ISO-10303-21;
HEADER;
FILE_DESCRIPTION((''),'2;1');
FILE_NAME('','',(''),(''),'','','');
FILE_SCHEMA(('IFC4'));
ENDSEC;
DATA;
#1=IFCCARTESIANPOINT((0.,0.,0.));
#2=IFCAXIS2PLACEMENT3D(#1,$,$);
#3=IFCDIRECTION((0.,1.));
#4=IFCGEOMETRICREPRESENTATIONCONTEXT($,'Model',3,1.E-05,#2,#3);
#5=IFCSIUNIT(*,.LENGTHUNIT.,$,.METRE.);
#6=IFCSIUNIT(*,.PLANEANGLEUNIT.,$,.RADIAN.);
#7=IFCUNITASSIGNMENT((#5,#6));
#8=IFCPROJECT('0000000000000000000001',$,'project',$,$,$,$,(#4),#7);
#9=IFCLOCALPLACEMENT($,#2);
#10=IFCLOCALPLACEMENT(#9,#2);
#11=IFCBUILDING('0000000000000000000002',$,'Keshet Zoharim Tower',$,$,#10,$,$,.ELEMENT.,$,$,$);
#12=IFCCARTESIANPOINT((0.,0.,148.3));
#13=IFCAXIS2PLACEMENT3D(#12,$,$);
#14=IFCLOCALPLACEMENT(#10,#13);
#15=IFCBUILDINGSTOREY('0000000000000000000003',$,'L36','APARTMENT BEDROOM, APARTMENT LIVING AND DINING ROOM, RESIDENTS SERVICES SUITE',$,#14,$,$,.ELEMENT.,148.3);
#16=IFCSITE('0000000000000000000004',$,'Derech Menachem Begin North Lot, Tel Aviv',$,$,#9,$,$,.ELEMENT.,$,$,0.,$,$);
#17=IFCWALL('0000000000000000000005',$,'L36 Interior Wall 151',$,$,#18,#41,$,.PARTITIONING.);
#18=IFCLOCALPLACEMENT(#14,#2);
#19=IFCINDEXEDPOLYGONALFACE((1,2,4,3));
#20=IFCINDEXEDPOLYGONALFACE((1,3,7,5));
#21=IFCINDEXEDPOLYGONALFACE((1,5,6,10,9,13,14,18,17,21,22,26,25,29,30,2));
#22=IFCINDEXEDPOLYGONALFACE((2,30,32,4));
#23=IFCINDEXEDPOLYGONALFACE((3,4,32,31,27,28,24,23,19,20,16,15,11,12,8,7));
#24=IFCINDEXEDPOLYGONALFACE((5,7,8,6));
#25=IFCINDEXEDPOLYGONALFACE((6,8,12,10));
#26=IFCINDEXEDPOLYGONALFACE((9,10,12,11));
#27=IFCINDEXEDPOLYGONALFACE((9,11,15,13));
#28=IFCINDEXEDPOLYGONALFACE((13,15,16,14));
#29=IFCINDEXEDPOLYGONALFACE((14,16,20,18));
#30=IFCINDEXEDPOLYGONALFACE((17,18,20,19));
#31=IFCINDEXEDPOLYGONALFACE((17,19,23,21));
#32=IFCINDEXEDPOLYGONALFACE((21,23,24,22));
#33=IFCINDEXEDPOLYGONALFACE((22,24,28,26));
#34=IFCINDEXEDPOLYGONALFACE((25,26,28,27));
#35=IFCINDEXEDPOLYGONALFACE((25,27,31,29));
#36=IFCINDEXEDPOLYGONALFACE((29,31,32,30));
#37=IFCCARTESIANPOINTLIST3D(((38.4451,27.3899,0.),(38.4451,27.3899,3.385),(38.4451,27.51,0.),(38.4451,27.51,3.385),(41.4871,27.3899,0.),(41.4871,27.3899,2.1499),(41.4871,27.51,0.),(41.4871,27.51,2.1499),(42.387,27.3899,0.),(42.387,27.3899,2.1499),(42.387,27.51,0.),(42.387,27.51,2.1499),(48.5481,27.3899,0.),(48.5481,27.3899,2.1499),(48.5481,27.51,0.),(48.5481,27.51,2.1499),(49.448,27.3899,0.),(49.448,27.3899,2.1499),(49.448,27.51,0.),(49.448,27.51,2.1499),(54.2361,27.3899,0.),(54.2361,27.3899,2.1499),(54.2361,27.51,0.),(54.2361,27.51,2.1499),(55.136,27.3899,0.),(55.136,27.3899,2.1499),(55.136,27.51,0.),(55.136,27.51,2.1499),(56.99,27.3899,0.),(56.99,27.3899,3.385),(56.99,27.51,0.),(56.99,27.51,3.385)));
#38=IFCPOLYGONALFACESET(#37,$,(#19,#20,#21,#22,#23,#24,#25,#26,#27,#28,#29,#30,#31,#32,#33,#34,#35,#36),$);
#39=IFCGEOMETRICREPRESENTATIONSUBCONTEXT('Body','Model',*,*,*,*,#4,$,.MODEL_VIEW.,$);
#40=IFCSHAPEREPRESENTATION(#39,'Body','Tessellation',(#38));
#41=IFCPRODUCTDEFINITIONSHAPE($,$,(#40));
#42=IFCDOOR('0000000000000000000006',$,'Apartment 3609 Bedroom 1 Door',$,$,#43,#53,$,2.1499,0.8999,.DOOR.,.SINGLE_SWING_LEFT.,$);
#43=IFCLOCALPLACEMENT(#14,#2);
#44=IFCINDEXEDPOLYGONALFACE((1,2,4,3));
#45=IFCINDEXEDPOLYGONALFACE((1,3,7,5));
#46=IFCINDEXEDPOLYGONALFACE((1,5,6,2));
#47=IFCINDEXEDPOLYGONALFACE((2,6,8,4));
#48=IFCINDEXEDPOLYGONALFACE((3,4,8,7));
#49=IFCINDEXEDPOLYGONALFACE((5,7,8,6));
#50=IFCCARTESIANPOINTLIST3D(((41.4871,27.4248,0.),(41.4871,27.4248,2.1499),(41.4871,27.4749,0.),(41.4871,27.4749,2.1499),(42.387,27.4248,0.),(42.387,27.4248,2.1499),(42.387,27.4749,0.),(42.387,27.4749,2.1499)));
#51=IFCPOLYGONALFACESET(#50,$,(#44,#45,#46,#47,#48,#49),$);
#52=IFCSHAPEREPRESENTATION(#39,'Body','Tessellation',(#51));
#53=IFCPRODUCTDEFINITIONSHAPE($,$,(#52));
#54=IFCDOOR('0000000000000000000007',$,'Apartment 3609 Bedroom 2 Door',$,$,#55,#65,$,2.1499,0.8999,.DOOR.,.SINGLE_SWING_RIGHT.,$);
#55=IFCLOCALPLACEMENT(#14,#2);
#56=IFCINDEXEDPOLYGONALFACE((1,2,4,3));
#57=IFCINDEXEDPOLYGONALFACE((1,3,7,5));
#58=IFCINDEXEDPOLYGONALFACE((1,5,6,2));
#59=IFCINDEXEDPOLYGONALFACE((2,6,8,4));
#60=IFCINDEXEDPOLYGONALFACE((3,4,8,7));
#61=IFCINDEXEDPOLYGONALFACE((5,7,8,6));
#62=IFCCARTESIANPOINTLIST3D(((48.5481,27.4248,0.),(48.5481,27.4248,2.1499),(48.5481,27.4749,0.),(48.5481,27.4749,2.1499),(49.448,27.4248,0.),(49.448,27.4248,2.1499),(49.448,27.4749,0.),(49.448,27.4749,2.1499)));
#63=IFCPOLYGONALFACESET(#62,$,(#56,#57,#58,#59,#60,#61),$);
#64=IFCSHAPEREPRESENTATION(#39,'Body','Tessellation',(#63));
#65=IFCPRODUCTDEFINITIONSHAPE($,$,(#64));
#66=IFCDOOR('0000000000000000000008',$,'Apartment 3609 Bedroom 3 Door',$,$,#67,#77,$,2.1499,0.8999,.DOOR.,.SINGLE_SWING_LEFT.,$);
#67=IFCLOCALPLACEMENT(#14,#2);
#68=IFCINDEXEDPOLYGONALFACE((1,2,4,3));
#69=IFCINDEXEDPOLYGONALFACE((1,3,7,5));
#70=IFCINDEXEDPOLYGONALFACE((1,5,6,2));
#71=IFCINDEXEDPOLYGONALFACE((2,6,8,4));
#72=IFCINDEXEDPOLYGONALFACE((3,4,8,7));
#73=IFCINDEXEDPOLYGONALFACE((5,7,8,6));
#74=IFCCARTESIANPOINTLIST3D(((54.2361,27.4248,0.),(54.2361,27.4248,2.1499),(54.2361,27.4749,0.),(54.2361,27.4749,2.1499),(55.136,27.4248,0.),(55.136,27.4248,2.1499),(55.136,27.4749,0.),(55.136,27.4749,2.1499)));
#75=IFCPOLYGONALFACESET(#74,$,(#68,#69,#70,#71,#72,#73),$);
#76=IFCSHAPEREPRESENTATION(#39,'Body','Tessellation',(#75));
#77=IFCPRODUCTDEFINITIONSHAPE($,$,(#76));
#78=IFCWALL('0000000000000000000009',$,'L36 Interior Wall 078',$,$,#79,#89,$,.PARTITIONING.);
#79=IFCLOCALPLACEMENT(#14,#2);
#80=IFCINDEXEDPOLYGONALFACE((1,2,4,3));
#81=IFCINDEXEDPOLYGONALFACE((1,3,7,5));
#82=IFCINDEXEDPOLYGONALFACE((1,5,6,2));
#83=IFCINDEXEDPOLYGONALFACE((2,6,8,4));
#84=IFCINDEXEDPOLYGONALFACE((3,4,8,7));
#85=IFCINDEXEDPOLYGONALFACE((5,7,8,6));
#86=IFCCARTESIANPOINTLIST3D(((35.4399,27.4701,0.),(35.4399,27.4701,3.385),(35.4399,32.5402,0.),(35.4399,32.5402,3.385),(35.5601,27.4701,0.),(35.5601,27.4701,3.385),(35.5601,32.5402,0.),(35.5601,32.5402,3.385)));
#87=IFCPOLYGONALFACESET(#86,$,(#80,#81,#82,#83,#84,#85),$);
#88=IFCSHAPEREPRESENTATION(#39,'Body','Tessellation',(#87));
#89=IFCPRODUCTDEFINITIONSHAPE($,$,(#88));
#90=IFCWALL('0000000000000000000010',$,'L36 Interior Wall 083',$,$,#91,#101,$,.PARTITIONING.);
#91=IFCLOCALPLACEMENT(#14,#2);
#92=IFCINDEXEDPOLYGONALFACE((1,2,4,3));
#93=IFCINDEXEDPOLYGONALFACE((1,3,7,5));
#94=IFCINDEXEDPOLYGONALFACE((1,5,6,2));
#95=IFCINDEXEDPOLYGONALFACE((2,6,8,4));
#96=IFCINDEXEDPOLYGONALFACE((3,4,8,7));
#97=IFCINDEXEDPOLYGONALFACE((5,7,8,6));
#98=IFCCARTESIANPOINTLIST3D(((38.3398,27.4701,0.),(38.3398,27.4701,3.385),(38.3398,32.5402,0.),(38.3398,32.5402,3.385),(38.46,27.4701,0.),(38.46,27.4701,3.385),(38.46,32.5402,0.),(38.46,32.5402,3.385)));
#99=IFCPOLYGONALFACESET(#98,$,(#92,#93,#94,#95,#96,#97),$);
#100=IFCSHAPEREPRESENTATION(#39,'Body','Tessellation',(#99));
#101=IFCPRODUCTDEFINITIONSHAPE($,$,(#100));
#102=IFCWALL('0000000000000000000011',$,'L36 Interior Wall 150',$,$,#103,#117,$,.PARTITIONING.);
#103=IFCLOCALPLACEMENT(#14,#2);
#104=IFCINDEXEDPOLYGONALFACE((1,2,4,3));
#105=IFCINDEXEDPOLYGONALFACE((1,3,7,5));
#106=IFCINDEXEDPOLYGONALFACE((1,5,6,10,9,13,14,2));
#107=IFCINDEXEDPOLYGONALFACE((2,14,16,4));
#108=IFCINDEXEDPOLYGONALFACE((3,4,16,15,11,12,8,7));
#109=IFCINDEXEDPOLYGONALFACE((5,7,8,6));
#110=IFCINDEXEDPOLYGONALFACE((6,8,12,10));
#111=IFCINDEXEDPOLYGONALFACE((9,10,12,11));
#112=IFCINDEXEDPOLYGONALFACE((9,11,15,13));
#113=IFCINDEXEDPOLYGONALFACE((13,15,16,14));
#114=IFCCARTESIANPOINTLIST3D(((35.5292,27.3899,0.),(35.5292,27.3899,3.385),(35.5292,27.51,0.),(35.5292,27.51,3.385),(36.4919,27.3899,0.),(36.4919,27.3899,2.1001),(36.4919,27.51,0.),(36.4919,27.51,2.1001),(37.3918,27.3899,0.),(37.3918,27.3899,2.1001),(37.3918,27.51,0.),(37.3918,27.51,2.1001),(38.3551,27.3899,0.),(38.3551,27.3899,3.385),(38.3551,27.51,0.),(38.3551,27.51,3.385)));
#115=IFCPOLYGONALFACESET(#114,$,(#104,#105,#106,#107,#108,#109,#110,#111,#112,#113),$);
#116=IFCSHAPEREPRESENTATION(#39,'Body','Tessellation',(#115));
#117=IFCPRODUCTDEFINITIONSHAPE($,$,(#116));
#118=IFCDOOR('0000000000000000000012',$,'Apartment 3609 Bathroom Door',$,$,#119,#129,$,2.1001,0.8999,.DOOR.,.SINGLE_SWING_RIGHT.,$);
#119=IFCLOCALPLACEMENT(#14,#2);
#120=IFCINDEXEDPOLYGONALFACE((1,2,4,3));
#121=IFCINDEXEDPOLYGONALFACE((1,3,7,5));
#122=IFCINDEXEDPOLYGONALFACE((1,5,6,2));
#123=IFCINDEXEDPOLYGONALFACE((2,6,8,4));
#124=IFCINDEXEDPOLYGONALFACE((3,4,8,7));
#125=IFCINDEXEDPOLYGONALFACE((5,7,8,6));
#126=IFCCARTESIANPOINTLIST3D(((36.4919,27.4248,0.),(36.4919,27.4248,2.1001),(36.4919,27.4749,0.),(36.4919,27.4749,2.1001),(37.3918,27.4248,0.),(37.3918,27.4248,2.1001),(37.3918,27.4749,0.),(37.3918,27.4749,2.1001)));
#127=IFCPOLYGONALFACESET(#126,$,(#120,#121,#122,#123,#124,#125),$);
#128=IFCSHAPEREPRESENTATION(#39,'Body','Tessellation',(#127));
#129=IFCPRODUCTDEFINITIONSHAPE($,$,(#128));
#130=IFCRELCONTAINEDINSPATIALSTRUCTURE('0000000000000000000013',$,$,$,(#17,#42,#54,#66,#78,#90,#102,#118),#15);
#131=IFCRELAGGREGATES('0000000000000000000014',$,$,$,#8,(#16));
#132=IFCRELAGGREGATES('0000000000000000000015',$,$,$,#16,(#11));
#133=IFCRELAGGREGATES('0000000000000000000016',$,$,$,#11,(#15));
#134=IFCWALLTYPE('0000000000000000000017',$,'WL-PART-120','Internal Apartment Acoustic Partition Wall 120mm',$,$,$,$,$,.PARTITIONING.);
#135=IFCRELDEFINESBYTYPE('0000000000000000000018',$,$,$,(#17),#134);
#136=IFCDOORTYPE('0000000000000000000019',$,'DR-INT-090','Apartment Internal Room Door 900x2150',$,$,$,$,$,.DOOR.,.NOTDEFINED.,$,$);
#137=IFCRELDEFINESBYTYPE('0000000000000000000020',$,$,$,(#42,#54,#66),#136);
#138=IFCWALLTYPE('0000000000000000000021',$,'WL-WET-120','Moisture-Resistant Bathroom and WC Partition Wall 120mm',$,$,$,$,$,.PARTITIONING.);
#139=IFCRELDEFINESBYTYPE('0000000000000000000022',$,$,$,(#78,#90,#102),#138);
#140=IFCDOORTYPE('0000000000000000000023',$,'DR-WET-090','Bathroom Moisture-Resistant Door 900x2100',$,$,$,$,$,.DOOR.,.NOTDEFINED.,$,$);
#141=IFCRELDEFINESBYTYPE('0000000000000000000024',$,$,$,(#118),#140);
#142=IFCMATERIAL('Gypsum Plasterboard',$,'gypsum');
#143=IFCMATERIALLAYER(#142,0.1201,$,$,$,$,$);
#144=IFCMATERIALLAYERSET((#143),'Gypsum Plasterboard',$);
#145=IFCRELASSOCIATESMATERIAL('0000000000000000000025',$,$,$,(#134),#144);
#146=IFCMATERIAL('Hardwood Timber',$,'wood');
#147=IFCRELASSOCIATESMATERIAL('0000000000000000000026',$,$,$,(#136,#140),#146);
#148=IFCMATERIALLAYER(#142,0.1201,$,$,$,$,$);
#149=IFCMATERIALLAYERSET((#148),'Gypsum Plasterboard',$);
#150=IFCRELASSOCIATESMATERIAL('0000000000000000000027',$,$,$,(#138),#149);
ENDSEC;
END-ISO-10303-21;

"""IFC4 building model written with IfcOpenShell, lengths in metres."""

from ifc_helpers import new_model, si_unit, direction, frame, frame_2d, origin, place, context, subcontext, project, spatial, rectangle, extrude, material, layer, layer_set, type_object, element, fill, save


model = new_model("IFC4")

# Units and contexts
model_context = context("Model", 3, precision=1e-05, world=origin(), true_north=direction((0.0, 1.0)))
body_context = subcontext(model_context, "Body", "Model", "MODEL_VIEW")
ifc_project = project(units=[si_unit("LENGTHUNIT", "METRE"), si_unit("PLANEANGLEUNIT", "RADIAN")], contexts=[model_context])

# Site, building, storey
site_placement = place(None, origin())
site = spatial("IfcSite", under=ifc_project, at=site_placement, Name="Derech Menachem Begin North Lot, Tel Aviv", CompositionType="ELEMENT", RefElevation=0.0)
building_placement = place(site_placement, origin())
building = spatial("IfcBuilding", under=site, at=building_placement, Name="Keshet Zoharim Tower", CompositionType="ELEMENT")
storey_placement = place(building_placement, frame((0.0, 0.0, 148.3)))
storey = spatial("IfcBuildingStorey", under=building, at=storey_placement, Name="L36", Description="APARTMENT BEDROOM, APARTMENT LIVING AND DINING ROOM, RESIDENTS SERVICES SUITE", CompositionType="ELEMENT", Elevation=148.3)

# Shared definitions
ifc_material_1 = material(Name="Hardwood Timber", Category="wood")

# Shared definitions
ifc_material_2 = material(Name="Gypsum Plasterboard", Category="gypsum")

# Wall, openings, doors
ifc_layer_1 = layer(ifc_material_2, 0.1201)
ifc_layer_set_1 = layer_set([ifc_layer_1], Name="Gypsum Plasterboard")
wall_type_1 = type_object("IfcWallType", Name="WL-PART-120", Description="Internal Apartment Acoustic Partition Wall 120mm", PredefinedType="PARTITIONING", material=ifc_layer_set_1)
wall_1_placement = place(storey_placement, frame((38.4451, 27.45, 0.0), z_axis=(0.0, 0.0, 1.0), x_axis=(1.0, 0.0, 0.0)))
wall_1 = element("IfcWall", 1, at=wall_1_placement, inside=storey, type_object=wall_type_1, Name="L36 Interior Wall 151", PredefinedType="PARTITIONING", context=body_context, shape_type="SweptSolid", body=[
    extrude(rectangle(XDim=18.5449, YDim=0.1201, at=frame_2d((9.2725, 0.0))), origin(), (0.0, 0.0, 1.0), 3.385),
])
opening_1_placement = place(wall_1_placement, frame((3.042, 0.0, 0.0)))
opening_1 = element("IfcOpeningElement", 2, at=opening_1_placement, cuts=wall_1, PredefinedType="OPENING", context=body_context, shape_type="SweptSolid", body=[
    extrude(rectangle(XDim=0.8999, YDim=2.1499, at=frame_2d((0.45, 1.075))), frame((0.0, 0.0701, 0.0), z_axis=(0.0, -1.0, 0.0), x_axis=(1.0, 0.0, 0.0)), (0.0, 0.0, 1.0), 0.1401),
])
opening_2_placement = place(wall_1_placement, frame((10.103, 0.0, 0.0)))
opening_2 = element("IfcOpeningElement", 3, at=opening_2_placement, cuts=wall_1, PredefinedType="OPENING", context=body_context, shape_type="SweptSolid", body=[
    extrude(rectangle(XDim=0.8999, YDim=2.1499, at=frame_2d((0.45, 1.075))), frame((0.0, 0.0701, 0.0), z_axis=(0.0, -1.0, 0.0), x_axis=(1.0, 0.0, 0.0)), (0.0, 0.0, 1.0), 0.1401),
])
opening_3_placement = place(wall_1_placement, frame((15.791, 0.0, 0.0)))
opening_3 = element("IfcOpeningElement", 4, at=opening_3_placement, cuts=wall_1, PredefinedType="OPENING", context=body_context, shape_type="SweptSolid", body=[
    extrude(rectangle(XDim=0.8999, YDim=2.1499, at=frame_2d((0.45, 1.075))), frame((0.0, 0.0701, 0.0), z_axis=(0.0, -1.0, 0.0), x_axis=(1.0, 0.0, 0.0)), (0.0, 0.0, 1.0), 0.1401),
])
door_type_1 = type_object("IfcDoorType", Name="DR-INT-090", Description="Apartment Internal Room Door 900x2150", OperationType="NOTDEFINED", PredefinedType="DOOR", material=ifc_material_1)
door_1_placement = place(opening_1_placement, origin())
door_1 = element("IfcDoor", 5, at=door_1_placement, inside=storey, type_object=door_type_1, Name="Apartment 3609 Bedroom 1 Door", OperationType="SINGLE_SWING_LEFT", OverallHeight=2.1499, OverallWidth=0.8999, PredefinedType="DOOR", context=body_context, shape_type="SweptSolid", body=[
    extrude(rectangle(XDim=0.8999, YDim=2.1499, at=frame_2d((0.45, 1.075))), frame((0.0, 0.0249, 0.0), z_axis=(0.0, -1.0, 0.0), x_axis=(1.0, 0.0, 0.0)), (0.0, 0.0, 1.0), 0.05),
])
fill(opening_1, door_1)
door_2_placement = place(opening_2_placement, origin())
door_2 = element("IfcDoor", 6, at=door_2_placement, inside=storey, type_object=door_type_1, Name="Apartment 3609 Bedroom 2 Door", OperationType="SINGLE_SWING_RIGHT", OverallHeight=2.1499, OverallWidth=0.8999, PredefinedType="DOOR", context=body_context, shape_type="SweptSolid", body=[
    extrude(rectangle(XDim=0.8999, YDim=2.1499, at=frame_2d((0.45, 1.075))), frame((0.0, 0.0249, 0.0), z_axis=(0.0, -1.0, 0.0), x_axis=(1.0, 0.0, 0.0)), (0.0, 0.0, 1.0), 0.05),
])
fill(opening_2, door_2)
door_3_placement = place(opening_3_placement, origin())
door_3 = element("IfcDoor", 7, at=door_3_placement, inside=storey, type_object=door_type_1, Name="Apartment 3609 Bedroom 3 Door", OperationType="SINGLE_SWING_LEFT", OverallHeight=2.1499, OverallWidth=0.8999, PredefinedType="DOOR", context=body_context, shape_type="SweptSolid", body=[
    extrude(rectangle(XDim=0.8999, YDim=2.1499, at=frame_2d((0.45, 1.075))), frame((0.0, 0.0249, 0.0), z_axis=(0.0, -1.0, 0.0), x_axis=(1.0, 0.0, 0.0)), (0.0, 0.0, 1.0), 0.05),
])
fill(opening_3, door_3)

# Walls
ifc_layer_2 = layer(ifc_material_2, 0.1201)
ifc_layer_set_2 = layer_set([ifc_layer_2], Name="Gypsum Plasterboard")
wall_type_2 = type_object("IfcWallType", Name="WL-WET-120", Description="Moisture-Resistant Bathroom and WC Partition Wall 120mm", PredefinedType="PARTITIONING", material=ifc_layer_set_2)
for number, where, z_axis, x_axis, name in (
    (8, (35.5, 27.47, 0.0), (0.0, 0.0, 1.0), (0.0, 1.0, 0.0), "L36 Interior Wall 078"),
    (9, (38.3999, 27.47, 0.0), (0.0, 0.0, 1.0), (0.0, 1.0, 0.0), "L36 Interior Wall 083"),
):
    element("IfcWall", number, at=place(storey_placement, frame(where, z_axis=z_axis, x_axis=x_axis)), inside=storey, type_object=wall_type_2, Name=name, PredefinedType="PARTITIONING", context=body_context, shape_type="SweptSolid", body=[
        extrude(rectangle(XDim=5.0701, YDim=0.1201, at=frame_2d((2.5352, 0.0))), origin(), (0.0, 0.0, 1.0), 3.385),
    ])

# Wall, opening, door
wall_2_placement = place(storey_placement, frame((35.5291, 27.45, 0.0), z_axis=(0.0, 0.0, 1.0), x_axis=(1.0, 0.0, 0.0)))
wall_2 = element("IfcWall", 10, at=wall_2_placement, inside=storey, type_object=wall_type_2, Name="L36 Interior Wall 150", PredefinedType="PARTITIONING", context=body_context, shape_type="SweptSolid", body=[
    extrude(rectangle(XDim=2.8259, YDim=0.1201, at=frame_2d((1.4131, 0.0))), origin(), (0.0, 0.0, 1.0), 3.385),
])
opening_4_placement = place(wall_2_placement, frame((0.9629, 0.0, 0.0)))
opening_4 = element("IfcOpeningElement", 11, at=opening_4_placement, cuts=wall_2, PredefinedType="OPENING", context=body_context, shape_type="SweptSolid", body=[
    extrude(rectangle(XDim=0.8999, YDim=2.1001, at=frame_2d((0.45, 1.05))), frame((0.0, 0.0701, 0.0), z_axis=(0.0, -1.0, 0.0), x_axis=(1.0, 0.0, 0.0)), (0.0, 0.0, 1.0), 0.1401),
])
door_type_2 = type_object("IfcDoorType", Name="DR-WET-090", Description="Bathroom Moisture-Resistant Door 900x2100", OperationType="NOTDEFINED", PredefinedType="DOOR", material=ifc_material_1)
door_4_placement = place(opening_4_placement, origin())
door_4 = element("IfcDoor", 12, at=door_4_placement, inside=storey, type_object=door_type_2, Name="Apartment 3609 Bathroom Door", OperationType="SINGLE_SWING_RIGHT", OverallHeight=2.1001, OverallWidth=0.8999, PredefinedType="DOOR", context=body_context, shape_type="SweptSolid", body=[
    extrude(rectangle(XDim=0.8999, YDim=2.1001, at=frame_2d((0.45, 1.05))), frame((0.0, 0.0249, 0.0), z_axis=(0.0, -1.0, 0.0), x_axis=(1.0, 0.0, 0.0)), (0.0, 0.0, 1.0), 0.05),
])
fill(opening_4, door_4)

save(model, "model.ifc")
